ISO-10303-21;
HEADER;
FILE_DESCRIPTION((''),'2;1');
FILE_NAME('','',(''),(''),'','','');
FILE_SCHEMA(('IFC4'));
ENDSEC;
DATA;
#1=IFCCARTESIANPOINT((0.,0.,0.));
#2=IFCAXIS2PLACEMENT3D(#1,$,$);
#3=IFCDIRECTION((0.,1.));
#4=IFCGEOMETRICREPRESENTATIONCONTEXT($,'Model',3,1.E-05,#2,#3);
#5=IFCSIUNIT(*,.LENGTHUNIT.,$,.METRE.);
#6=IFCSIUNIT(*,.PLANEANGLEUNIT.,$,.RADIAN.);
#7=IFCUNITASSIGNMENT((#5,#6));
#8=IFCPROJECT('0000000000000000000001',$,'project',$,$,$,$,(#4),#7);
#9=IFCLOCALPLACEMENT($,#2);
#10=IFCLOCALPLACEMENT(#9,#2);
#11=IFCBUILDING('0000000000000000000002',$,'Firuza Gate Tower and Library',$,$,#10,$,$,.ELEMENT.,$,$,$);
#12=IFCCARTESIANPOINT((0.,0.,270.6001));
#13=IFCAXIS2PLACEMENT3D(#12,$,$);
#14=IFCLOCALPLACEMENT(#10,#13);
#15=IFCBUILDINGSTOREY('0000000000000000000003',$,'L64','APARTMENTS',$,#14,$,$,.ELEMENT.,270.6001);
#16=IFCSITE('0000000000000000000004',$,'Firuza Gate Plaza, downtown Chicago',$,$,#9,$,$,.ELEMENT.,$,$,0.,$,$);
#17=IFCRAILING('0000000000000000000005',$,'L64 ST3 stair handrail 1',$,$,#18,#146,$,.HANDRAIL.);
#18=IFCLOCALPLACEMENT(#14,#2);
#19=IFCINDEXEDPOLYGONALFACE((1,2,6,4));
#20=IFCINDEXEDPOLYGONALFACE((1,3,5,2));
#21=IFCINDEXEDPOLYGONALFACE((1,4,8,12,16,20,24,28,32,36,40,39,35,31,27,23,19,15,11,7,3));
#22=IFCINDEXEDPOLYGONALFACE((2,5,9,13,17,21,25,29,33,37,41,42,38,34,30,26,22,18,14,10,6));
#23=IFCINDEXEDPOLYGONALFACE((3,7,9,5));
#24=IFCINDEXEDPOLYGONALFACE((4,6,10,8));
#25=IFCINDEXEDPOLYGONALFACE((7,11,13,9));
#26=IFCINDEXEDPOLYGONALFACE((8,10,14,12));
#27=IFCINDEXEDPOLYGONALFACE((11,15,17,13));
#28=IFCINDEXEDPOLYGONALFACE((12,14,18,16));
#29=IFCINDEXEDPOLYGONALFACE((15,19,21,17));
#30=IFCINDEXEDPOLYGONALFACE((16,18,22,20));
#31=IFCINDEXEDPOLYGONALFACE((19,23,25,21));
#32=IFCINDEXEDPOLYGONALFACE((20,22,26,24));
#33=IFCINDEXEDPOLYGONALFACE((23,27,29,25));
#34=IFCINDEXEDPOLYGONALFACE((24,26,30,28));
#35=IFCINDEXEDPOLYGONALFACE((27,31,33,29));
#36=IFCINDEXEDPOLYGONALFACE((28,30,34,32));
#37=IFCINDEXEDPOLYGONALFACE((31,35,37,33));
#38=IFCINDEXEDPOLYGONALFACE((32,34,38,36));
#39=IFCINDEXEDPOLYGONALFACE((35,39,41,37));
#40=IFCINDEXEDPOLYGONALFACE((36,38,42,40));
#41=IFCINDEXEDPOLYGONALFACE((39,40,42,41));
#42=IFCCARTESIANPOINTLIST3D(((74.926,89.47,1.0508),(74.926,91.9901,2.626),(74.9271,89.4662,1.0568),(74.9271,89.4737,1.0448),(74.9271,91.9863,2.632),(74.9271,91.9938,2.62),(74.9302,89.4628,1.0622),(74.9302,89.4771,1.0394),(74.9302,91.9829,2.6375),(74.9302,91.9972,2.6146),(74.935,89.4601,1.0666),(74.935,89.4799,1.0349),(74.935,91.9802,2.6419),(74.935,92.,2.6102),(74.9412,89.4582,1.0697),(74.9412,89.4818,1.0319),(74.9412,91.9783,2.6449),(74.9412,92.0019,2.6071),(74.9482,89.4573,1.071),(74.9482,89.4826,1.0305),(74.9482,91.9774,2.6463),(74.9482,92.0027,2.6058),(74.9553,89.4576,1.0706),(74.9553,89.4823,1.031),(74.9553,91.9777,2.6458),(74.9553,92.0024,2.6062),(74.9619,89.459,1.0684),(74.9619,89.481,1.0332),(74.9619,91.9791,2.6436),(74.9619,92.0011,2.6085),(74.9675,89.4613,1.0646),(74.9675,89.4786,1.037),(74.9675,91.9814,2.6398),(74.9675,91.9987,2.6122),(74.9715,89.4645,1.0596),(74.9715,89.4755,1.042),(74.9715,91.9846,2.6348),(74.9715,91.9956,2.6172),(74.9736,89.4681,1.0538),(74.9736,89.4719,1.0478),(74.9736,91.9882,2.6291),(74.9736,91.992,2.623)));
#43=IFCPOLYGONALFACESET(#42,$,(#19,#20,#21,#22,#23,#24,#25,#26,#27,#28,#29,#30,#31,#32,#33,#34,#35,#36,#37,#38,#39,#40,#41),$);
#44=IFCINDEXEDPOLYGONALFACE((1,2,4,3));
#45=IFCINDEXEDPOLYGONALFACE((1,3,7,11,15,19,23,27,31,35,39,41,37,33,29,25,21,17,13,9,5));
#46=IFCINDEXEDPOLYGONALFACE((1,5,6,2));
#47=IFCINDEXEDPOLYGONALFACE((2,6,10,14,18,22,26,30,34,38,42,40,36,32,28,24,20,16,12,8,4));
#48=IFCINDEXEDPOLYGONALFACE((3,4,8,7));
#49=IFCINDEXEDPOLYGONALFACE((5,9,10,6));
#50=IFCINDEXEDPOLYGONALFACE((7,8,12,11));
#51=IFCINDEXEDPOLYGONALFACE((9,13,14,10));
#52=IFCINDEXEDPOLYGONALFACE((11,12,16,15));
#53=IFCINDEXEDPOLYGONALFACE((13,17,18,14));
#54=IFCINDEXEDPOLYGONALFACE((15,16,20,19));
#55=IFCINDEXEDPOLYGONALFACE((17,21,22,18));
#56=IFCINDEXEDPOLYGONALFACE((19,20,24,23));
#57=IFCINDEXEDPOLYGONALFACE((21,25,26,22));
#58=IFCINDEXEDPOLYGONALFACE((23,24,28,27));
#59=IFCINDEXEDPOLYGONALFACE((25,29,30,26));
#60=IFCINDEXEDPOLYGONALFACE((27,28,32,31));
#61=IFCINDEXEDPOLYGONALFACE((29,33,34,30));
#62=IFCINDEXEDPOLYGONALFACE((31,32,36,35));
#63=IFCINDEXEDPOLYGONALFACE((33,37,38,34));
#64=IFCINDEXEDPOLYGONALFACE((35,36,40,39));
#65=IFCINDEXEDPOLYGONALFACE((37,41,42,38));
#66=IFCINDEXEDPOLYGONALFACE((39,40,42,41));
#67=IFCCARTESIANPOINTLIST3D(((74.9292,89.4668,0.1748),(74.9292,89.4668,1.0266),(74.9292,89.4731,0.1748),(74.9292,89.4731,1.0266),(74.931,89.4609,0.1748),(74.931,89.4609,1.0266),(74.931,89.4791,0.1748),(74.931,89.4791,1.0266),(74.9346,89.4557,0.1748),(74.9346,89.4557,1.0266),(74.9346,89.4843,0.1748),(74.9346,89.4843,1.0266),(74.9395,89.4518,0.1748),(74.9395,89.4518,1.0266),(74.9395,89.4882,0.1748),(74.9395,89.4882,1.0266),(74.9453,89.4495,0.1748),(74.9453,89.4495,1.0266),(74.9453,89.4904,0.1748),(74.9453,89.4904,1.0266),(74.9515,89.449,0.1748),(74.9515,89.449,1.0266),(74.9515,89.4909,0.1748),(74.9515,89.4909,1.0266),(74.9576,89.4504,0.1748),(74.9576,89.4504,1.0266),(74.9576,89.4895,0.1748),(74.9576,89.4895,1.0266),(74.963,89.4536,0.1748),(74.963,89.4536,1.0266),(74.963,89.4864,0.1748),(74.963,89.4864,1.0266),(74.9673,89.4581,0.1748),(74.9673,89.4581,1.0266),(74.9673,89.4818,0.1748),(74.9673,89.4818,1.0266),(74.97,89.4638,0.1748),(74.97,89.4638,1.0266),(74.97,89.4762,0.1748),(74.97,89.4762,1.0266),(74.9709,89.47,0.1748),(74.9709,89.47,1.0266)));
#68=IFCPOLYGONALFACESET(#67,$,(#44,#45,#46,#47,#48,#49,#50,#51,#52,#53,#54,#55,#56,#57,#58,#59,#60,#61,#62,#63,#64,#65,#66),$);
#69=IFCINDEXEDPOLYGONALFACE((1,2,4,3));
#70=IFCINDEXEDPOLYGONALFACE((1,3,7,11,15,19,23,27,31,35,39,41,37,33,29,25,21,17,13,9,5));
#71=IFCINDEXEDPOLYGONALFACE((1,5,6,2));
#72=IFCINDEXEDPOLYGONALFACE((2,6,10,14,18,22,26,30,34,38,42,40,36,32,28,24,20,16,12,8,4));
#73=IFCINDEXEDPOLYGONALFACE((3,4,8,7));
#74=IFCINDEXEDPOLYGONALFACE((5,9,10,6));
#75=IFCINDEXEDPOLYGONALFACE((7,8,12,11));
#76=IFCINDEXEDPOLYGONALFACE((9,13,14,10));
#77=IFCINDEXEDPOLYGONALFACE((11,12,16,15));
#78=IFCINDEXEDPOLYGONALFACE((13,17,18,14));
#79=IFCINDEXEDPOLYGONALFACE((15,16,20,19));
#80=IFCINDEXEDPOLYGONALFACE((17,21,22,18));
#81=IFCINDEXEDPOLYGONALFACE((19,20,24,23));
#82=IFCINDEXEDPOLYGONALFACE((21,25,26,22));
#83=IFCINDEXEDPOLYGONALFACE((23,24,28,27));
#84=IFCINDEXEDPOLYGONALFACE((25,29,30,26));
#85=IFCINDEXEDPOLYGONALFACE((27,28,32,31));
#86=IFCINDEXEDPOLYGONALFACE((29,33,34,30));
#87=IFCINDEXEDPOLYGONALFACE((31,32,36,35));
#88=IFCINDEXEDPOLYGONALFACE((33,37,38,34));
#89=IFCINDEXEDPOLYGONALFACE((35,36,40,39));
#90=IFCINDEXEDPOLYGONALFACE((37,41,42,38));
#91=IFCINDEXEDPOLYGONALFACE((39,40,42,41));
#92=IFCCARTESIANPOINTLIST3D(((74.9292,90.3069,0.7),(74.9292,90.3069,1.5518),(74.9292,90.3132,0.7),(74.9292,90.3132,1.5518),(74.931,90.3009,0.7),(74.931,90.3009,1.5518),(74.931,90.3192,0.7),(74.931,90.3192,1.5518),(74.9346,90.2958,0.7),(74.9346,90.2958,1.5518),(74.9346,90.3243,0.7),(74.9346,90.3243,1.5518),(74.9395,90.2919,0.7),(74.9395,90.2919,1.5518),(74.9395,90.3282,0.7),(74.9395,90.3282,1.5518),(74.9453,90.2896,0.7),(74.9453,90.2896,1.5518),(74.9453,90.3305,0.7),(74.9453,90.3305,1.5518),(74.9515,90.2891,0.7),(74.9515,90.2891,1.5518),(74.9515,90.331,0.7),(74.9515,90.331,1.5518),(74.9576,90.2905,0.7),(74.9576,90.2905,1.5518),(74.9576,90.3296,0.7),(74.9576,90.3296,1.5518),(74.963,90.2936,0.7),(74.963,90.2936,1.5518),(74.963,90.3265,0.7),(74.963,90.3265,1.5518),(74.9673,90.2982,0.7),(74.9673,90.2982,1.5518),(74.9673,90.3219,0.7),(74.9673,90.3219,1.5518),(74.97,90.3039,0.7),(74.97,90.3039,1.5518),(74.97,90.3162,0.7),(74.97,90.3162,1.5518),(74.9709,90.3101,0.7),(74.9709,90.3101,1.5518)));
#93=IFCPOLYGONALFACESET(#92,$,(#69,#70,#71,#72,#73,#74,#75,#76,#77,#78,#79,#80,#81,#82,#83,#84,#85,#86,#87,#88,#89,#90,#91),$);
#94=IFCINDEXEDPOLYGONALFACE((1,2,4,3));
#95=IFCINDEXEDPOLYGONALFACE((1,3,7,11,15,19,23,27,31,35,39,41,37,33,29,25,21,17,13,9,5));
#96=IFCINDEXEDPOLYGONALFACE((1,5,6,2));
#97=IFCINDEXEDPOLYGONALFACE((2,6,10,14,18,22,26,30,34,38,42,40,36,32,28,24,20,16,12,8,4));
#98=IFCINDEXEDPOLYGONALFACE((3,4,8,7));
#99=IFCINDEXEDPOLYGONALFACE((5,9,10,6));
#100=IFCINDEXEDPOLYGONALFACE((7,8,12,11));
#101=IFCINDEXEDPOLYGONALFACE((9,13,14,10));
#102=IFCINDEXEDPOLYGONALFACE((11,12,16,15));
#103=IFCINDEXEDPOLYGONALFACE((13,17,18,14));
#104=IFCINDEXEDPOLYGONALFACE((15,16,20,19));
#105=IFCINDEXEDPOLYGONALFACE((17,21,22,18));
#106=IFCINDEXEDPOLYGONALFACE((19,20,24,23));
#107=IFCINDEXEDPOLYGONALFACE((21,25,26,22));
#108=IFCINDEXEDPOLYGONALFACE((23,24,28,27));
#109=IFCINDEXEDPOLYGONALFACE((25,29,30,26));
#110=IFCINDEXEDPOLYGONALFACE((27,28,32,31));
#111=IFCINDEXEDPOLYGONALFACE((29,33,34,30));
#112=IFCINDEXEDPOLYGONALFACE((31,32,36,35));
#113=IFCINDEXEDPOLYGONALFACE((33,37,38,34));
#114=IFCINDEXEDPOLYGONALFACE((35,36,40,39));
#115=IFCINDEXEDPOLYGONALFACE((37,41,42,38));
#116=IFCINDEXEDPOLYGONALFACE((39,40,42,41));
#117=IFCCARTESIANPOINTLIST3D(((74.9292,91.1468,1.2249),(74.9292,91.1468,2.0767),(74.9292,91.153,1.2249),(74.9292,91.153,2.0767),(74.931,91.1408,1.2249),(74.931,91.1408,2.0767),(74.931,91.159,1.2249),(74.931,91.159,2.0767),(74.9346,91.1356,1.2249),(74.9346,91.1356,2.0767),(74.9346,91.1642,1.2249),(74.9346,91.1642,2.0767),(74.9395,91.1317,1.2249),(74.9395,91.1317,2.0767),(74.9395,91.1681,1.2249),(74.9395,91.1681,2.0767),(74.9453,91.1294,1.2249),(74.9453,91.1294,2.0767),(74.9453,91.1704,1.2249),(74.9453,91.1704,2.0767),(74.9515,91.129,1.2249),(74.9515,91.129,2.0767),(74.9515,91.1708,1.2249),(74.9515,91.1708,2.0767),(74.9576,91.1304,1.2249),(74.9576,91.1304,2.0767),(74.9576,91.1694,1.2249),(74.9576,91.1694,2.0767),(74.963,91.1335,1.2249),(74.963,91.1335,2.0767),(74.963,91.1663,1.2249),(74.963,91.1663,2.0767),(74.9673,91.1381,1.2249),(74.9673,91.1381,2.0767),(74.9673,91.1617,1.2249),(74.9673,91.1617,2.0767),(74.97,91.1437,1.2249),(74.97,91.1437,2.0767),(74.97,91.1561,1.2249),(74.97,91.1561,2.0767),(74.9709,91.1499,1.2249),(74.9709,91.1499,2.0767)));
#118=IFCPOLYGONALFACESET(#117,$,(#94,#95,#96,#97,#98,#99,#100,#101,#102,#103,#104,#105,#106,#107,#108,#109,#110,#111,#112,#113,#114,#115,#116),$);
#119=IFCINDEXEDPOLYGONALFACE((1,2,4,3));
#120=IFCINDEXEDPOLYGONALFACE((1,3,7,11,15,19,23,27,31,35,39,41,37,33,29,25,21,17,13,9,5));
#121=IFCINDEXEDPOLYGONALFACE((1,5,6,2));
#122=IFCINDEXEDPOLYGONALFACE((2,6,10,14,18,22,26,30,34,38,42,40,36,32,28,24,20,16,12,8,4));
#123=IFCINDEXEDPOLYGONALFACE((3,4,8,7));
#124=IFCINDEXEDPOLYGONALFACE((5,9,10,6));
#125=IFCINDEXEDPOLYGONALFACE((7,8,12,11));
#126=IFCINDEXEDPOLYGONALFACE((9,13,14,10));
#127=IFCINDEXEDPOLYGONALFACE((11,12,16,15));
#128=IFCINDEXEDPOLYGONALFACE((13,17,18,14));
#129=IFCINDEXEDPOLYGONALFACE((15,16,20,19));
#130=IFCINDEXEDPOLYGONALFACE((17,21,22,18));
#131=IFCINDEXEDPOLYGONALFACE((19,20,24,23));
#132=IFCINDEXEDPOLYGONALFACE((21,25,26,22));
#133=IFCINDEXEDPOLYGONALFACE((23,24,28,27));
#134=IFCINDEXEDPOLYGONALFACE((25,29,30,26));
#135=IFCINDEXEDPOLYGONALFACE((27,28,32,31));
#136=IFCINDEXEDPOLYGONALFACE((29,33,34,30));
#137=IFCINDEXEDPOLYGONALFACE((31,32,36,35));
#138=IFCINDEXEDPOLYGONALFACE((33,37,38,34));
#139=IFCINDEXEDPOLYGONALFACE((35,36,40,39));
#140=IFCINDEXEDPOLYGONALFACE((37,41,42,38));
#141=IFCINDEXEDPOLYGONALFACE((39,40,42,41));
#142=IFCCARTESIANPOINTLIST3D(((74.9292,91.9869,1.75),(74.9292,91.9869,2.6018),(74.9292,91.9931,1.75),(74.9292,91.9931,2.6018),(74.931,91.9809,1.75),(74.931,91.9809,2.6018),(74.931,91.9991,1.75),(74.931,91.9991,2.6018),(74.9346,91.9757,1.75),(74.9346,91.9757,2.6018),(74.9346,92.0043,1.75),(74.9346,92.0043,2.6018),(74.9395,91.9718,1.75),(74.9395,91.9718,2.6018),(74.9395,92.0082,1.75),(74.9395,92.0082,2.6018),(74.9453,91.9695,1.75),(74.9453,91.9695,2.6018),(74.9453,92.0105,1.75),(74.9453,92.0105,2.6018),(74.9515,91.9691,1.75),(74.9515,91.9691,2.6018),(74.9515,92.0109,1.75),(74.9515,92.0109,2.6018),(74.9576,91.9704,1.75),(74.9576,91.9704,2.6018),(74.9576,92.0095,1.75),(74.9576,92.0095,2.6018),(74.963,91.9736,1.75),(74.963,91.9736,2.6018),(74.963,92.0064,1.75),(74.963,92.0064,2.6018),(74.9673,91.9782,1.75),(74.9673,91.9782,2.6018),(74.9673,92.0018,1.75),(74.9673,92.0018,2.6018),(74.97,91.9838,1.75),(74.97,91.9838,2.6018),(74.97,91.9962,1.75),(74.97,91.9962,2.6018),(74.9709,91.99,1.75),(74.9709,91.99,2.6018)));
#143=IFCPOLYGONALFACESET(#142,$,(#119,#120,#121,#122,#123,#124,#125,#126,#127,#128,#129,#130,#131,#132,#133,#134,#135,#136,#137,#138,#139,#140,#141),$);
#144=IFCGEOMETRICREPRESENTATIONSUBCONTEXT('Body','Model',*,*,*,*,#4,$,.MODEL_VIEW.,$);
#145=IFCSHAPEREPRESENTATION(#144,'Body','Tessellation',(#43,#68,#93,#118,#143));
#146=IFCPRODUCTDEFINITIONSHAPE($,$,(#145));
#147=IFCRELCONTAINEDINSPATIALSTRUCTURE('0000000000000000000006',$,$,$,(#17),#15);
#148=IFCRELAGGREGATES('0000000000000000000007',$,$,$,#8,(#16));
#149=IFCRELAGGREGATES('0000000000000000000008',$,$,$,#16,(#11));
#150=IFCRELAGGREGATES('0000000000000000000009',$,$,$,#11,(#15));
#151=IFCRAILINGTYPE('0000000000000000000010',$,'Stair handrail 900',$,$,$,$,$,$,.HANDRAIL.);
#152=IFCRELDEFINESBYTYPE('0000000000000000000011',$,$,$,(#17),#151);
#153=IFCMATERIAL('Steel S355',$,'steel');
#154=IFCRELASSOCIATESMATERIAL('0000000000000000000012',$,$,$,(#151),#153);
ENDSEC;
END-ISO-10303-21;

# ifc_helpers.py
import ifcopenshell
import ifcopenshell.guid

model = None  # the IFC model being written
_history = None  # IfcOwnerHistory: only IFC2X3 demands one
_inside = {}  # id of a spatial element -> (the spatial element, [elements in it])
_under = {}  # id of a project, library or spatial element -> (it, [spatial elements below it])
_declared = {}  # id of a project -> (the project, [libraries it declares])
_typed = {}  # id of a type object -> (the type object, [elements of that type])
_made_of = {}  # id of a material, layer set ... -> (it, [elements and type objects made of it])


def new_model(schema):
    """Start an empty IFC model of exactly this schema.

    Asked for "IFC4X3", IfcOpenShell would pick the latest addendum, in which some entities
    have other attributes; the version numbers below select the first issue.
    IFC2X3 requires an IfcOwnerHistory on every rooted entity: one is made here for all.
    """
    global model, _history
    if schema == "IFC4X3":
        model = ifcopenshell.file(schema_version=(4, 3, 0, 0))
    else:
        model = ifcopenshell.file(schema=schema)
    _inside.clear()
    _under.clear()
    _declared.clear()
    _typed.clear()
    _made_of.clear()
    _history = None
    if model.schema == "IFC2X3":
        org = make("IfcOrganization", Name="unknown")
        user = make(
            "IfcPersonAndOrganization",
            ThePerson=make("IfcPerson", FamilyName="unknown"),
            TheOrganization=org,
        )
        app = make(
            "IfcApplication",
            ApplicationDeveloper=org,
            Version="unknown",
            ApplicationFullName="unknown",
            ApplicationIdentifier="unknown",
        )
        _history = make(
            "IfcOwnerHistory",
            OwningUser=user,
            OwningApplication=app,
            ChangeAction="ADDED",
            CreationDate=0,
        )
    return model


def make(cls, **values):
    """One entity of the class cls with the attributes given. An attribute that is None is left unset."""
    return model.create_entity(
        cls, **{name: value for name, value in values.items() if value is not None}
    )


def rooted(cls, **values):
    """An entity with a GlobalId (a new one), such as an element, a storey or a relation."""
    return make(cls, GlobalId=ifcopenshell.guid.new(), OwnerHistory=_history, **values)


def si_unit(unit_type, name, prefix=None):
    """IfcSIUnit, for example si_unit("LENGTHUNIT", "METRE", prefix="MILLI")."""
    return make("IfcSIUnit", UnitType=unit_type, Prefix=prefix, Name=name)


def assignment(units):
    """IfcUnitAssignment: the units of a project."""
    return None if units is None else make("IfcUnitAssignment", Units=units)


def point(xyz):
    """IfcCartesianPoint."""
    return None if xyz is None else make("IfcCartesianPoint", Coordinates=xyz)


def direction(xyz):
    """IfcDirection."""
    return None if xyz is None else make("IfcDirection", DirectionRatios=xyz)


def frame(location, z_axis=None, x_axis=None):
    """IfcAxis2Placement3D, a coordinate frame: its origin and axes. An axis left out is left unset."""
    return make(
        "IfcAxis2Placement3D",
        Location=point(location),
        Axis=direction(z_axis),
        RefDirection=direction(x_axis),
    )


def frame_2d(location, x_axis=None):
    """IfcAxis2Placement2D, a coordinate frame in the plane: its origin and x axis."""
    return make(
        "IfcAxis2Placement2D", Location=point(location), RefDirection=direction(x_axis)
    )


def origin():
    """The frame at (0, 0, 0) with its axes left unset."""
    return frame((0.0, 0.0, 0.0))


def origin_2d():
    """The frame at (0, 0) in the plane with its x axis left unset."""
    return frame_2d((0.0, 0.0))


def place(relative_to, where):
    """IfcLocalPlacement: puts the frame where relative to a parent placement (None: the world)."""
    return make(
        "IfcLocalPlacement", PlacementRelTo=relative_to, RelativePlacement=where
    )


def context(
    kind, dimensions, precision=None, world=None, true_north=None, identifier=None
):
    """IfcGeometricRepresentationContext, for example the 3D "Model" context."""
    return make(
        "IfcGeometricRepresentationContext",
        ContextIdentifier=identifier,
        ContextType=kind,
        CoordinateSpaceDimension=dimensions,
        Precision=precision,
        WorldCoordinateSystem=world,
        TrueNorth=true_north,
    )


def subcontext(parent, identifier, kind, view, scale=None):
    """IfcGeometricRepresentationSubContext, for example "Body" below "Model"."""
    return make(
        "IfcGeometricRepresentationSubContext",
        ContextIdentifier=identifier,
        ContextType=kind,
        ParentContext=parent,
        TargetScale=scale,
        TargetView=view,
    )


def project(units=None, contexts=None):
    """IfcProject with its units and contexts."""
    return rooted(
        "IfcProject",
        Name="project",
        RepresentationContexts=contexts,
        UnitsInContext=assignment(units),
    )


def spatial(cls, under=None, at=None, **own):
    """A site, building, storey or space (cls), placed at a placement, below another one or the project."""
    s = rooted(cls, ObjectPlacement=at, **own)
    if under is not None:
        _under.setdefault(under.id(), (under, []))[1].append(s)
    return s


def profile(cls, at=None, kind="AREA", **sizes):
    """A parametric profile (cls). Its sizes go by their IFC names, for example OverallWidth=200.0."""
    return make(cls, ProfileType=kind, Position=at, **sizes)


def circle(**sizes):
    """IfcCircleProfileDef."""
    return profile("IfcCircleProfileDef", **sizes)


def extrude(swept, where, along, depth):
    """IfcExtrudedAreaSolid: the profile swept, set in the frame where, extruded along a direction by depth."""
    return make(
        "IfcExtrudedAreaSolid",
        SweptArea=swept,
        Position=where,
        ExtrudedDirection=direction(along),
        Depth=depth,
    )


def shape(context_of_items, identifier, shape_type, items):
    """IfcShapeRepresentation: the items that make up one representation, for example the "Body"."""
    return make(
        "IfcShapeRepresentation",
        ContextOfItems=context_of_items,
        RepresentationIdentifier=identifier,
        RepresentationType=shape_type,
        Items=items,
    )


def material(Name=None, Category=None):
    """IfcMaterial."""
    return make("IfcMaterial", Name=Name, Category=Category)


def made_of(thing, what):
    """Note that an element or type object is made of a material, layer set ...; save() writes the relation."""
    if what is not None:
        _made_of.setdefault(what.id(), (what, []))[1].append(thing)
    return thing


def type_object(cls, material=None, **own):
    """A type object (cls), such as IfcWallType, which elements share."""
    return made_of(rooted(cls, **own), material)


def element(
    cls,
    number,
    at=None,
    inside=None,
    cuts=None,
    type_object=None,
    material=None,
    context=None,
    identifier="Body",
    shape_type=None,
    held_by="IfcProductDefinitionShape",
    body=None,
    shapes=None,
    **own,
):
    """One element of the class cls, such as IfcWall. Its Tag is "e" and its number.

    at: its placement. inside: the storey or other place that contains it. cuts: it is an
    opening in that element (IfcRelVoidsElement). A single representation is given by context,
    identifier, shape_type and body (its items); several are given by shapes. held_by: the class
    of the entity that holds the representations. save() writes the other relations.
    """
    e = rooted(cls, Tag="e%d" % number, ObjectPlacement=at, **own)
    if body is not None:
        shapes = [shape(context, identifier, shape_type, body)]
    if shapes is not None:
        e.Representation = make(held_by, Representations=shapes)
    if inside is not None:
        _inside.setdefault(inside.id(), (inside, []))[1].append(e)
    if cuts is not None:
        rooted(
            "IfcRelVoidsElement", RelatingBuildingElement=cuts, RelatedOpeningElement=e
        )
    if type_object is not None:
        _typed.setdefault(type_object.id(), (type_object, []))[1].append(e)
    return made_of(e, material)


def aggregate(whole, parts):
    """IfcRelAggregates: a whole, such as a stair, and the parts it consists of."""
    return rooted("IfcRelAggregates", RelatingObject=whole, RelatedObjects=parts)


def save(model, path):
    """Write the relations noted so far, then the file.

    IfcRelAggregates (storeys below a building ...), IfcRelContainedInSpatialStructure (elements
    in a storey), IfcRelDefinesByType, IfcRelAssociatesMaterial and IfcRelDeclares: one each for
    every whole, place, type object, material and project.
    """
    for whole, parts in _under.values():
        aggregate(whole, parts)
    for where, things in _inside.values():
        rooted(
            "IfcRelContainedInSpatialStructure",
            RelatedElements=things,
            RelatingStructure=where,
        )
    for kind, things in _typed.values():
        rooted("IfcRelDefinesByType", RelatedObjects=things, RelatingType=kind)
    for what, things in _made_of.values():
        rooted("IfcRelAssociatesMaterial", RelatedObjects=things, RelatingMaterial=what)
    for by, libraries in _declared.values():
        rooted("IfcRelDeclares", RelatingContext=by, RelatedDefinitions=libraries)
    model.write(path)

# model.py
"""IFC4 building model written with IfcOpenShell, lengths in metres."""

from ifc_helpers import new_model, si_unit, direction, frame, origin, origin_2d, place, context, subcontext, project, spatial, circle, extrude, material, type_object, element, save


model = new_model("IFC4")

# Units and contexts
model_context = context("Model", 3, precision=1e-05, world=origin(), true_north=direction((0.0, 1.0)))
body_context = subcontext(model_context, "Body", "Model", "MODEL_VIEW")
ifc_project = project(units=[si_unit("LENGTHUNIT", "METRE"), si_unit("PLANEANGLEUNIT", "RADIAN")], contexts=[model_context])

# Site, building, storey
site_placement = place(None, origin())
site = spatial("IfcSite", under=ifc_project, at=site_placement, Name="Firuza Gate Plaza, downtown Chicago", CompositionType="ELEMENT", RefElevation=0.0)
building_placement = place(site_placement, origin())
building = spatial("IfcBuilding", under=site, at=building_placement, Name="Firuza Gate Tower and Library", CompositionType="ELEMENT")
storey_placement = place(building_placement, frame((0.0, 0.0, 270.6001)))
storey = spatial("IfcBuildingStorey", under=building, at=storey_placement, Name="L64", Description="APARTMENTS", CompositionType="ELEMENT", Elevation=270.6001)

# Railing
ifc_material_1 = material(Name="Steel S355", Category="steel")
railing_type = type_object("IfcRailingType", Name="Stair handrail 900", PredefinedType="HANDRAIL", material=ifc_material_1)
railing_placement = place(storey_placement, frame((74.95, 89.47, 0.1748)))
element("IfcRailing", 1, at=railing_placement, inside=storey, type_object=railing_type, Name="L64 ST3 stair handrail 1", PredefinedType="HANDRAIL", context=body_context, shape_type="SweptSolid", body=[
    extrude(circle(Radius=0.0239, at=origin_2d()), frame((0.0, 0.0, 0.876), z_axis=(0.0, 0.847971, 0.530043), x_axis=(-1.0, 0.0, 0.0)), (0.0, 0.0, 1.0), 2.9719),
    extrude(circle(Radius=0.021, at=origin_2d()), origin(), (0.0, 0.0, 1.0), 0.8518),
    extrude(circle(Radius=0.021, at=origin_2d()), frame((0.0, 0.8401, 0.5251)), (0.0, 0.0, 1.0), 0.8518),
    extrude(circle(Radius=0.021, at=origin_2d()), frame((0.0, 1.6799, 1.05)), (0.0, 0.0, 1.0), 0.8518),
    extrude(circle(Radius=0.021, at=origin_2d()), frame((0.0, 2.52, 1.5752)), (0.0, 0.0, 1.0), 0.8518),
])

save(model, "model.ifc")
